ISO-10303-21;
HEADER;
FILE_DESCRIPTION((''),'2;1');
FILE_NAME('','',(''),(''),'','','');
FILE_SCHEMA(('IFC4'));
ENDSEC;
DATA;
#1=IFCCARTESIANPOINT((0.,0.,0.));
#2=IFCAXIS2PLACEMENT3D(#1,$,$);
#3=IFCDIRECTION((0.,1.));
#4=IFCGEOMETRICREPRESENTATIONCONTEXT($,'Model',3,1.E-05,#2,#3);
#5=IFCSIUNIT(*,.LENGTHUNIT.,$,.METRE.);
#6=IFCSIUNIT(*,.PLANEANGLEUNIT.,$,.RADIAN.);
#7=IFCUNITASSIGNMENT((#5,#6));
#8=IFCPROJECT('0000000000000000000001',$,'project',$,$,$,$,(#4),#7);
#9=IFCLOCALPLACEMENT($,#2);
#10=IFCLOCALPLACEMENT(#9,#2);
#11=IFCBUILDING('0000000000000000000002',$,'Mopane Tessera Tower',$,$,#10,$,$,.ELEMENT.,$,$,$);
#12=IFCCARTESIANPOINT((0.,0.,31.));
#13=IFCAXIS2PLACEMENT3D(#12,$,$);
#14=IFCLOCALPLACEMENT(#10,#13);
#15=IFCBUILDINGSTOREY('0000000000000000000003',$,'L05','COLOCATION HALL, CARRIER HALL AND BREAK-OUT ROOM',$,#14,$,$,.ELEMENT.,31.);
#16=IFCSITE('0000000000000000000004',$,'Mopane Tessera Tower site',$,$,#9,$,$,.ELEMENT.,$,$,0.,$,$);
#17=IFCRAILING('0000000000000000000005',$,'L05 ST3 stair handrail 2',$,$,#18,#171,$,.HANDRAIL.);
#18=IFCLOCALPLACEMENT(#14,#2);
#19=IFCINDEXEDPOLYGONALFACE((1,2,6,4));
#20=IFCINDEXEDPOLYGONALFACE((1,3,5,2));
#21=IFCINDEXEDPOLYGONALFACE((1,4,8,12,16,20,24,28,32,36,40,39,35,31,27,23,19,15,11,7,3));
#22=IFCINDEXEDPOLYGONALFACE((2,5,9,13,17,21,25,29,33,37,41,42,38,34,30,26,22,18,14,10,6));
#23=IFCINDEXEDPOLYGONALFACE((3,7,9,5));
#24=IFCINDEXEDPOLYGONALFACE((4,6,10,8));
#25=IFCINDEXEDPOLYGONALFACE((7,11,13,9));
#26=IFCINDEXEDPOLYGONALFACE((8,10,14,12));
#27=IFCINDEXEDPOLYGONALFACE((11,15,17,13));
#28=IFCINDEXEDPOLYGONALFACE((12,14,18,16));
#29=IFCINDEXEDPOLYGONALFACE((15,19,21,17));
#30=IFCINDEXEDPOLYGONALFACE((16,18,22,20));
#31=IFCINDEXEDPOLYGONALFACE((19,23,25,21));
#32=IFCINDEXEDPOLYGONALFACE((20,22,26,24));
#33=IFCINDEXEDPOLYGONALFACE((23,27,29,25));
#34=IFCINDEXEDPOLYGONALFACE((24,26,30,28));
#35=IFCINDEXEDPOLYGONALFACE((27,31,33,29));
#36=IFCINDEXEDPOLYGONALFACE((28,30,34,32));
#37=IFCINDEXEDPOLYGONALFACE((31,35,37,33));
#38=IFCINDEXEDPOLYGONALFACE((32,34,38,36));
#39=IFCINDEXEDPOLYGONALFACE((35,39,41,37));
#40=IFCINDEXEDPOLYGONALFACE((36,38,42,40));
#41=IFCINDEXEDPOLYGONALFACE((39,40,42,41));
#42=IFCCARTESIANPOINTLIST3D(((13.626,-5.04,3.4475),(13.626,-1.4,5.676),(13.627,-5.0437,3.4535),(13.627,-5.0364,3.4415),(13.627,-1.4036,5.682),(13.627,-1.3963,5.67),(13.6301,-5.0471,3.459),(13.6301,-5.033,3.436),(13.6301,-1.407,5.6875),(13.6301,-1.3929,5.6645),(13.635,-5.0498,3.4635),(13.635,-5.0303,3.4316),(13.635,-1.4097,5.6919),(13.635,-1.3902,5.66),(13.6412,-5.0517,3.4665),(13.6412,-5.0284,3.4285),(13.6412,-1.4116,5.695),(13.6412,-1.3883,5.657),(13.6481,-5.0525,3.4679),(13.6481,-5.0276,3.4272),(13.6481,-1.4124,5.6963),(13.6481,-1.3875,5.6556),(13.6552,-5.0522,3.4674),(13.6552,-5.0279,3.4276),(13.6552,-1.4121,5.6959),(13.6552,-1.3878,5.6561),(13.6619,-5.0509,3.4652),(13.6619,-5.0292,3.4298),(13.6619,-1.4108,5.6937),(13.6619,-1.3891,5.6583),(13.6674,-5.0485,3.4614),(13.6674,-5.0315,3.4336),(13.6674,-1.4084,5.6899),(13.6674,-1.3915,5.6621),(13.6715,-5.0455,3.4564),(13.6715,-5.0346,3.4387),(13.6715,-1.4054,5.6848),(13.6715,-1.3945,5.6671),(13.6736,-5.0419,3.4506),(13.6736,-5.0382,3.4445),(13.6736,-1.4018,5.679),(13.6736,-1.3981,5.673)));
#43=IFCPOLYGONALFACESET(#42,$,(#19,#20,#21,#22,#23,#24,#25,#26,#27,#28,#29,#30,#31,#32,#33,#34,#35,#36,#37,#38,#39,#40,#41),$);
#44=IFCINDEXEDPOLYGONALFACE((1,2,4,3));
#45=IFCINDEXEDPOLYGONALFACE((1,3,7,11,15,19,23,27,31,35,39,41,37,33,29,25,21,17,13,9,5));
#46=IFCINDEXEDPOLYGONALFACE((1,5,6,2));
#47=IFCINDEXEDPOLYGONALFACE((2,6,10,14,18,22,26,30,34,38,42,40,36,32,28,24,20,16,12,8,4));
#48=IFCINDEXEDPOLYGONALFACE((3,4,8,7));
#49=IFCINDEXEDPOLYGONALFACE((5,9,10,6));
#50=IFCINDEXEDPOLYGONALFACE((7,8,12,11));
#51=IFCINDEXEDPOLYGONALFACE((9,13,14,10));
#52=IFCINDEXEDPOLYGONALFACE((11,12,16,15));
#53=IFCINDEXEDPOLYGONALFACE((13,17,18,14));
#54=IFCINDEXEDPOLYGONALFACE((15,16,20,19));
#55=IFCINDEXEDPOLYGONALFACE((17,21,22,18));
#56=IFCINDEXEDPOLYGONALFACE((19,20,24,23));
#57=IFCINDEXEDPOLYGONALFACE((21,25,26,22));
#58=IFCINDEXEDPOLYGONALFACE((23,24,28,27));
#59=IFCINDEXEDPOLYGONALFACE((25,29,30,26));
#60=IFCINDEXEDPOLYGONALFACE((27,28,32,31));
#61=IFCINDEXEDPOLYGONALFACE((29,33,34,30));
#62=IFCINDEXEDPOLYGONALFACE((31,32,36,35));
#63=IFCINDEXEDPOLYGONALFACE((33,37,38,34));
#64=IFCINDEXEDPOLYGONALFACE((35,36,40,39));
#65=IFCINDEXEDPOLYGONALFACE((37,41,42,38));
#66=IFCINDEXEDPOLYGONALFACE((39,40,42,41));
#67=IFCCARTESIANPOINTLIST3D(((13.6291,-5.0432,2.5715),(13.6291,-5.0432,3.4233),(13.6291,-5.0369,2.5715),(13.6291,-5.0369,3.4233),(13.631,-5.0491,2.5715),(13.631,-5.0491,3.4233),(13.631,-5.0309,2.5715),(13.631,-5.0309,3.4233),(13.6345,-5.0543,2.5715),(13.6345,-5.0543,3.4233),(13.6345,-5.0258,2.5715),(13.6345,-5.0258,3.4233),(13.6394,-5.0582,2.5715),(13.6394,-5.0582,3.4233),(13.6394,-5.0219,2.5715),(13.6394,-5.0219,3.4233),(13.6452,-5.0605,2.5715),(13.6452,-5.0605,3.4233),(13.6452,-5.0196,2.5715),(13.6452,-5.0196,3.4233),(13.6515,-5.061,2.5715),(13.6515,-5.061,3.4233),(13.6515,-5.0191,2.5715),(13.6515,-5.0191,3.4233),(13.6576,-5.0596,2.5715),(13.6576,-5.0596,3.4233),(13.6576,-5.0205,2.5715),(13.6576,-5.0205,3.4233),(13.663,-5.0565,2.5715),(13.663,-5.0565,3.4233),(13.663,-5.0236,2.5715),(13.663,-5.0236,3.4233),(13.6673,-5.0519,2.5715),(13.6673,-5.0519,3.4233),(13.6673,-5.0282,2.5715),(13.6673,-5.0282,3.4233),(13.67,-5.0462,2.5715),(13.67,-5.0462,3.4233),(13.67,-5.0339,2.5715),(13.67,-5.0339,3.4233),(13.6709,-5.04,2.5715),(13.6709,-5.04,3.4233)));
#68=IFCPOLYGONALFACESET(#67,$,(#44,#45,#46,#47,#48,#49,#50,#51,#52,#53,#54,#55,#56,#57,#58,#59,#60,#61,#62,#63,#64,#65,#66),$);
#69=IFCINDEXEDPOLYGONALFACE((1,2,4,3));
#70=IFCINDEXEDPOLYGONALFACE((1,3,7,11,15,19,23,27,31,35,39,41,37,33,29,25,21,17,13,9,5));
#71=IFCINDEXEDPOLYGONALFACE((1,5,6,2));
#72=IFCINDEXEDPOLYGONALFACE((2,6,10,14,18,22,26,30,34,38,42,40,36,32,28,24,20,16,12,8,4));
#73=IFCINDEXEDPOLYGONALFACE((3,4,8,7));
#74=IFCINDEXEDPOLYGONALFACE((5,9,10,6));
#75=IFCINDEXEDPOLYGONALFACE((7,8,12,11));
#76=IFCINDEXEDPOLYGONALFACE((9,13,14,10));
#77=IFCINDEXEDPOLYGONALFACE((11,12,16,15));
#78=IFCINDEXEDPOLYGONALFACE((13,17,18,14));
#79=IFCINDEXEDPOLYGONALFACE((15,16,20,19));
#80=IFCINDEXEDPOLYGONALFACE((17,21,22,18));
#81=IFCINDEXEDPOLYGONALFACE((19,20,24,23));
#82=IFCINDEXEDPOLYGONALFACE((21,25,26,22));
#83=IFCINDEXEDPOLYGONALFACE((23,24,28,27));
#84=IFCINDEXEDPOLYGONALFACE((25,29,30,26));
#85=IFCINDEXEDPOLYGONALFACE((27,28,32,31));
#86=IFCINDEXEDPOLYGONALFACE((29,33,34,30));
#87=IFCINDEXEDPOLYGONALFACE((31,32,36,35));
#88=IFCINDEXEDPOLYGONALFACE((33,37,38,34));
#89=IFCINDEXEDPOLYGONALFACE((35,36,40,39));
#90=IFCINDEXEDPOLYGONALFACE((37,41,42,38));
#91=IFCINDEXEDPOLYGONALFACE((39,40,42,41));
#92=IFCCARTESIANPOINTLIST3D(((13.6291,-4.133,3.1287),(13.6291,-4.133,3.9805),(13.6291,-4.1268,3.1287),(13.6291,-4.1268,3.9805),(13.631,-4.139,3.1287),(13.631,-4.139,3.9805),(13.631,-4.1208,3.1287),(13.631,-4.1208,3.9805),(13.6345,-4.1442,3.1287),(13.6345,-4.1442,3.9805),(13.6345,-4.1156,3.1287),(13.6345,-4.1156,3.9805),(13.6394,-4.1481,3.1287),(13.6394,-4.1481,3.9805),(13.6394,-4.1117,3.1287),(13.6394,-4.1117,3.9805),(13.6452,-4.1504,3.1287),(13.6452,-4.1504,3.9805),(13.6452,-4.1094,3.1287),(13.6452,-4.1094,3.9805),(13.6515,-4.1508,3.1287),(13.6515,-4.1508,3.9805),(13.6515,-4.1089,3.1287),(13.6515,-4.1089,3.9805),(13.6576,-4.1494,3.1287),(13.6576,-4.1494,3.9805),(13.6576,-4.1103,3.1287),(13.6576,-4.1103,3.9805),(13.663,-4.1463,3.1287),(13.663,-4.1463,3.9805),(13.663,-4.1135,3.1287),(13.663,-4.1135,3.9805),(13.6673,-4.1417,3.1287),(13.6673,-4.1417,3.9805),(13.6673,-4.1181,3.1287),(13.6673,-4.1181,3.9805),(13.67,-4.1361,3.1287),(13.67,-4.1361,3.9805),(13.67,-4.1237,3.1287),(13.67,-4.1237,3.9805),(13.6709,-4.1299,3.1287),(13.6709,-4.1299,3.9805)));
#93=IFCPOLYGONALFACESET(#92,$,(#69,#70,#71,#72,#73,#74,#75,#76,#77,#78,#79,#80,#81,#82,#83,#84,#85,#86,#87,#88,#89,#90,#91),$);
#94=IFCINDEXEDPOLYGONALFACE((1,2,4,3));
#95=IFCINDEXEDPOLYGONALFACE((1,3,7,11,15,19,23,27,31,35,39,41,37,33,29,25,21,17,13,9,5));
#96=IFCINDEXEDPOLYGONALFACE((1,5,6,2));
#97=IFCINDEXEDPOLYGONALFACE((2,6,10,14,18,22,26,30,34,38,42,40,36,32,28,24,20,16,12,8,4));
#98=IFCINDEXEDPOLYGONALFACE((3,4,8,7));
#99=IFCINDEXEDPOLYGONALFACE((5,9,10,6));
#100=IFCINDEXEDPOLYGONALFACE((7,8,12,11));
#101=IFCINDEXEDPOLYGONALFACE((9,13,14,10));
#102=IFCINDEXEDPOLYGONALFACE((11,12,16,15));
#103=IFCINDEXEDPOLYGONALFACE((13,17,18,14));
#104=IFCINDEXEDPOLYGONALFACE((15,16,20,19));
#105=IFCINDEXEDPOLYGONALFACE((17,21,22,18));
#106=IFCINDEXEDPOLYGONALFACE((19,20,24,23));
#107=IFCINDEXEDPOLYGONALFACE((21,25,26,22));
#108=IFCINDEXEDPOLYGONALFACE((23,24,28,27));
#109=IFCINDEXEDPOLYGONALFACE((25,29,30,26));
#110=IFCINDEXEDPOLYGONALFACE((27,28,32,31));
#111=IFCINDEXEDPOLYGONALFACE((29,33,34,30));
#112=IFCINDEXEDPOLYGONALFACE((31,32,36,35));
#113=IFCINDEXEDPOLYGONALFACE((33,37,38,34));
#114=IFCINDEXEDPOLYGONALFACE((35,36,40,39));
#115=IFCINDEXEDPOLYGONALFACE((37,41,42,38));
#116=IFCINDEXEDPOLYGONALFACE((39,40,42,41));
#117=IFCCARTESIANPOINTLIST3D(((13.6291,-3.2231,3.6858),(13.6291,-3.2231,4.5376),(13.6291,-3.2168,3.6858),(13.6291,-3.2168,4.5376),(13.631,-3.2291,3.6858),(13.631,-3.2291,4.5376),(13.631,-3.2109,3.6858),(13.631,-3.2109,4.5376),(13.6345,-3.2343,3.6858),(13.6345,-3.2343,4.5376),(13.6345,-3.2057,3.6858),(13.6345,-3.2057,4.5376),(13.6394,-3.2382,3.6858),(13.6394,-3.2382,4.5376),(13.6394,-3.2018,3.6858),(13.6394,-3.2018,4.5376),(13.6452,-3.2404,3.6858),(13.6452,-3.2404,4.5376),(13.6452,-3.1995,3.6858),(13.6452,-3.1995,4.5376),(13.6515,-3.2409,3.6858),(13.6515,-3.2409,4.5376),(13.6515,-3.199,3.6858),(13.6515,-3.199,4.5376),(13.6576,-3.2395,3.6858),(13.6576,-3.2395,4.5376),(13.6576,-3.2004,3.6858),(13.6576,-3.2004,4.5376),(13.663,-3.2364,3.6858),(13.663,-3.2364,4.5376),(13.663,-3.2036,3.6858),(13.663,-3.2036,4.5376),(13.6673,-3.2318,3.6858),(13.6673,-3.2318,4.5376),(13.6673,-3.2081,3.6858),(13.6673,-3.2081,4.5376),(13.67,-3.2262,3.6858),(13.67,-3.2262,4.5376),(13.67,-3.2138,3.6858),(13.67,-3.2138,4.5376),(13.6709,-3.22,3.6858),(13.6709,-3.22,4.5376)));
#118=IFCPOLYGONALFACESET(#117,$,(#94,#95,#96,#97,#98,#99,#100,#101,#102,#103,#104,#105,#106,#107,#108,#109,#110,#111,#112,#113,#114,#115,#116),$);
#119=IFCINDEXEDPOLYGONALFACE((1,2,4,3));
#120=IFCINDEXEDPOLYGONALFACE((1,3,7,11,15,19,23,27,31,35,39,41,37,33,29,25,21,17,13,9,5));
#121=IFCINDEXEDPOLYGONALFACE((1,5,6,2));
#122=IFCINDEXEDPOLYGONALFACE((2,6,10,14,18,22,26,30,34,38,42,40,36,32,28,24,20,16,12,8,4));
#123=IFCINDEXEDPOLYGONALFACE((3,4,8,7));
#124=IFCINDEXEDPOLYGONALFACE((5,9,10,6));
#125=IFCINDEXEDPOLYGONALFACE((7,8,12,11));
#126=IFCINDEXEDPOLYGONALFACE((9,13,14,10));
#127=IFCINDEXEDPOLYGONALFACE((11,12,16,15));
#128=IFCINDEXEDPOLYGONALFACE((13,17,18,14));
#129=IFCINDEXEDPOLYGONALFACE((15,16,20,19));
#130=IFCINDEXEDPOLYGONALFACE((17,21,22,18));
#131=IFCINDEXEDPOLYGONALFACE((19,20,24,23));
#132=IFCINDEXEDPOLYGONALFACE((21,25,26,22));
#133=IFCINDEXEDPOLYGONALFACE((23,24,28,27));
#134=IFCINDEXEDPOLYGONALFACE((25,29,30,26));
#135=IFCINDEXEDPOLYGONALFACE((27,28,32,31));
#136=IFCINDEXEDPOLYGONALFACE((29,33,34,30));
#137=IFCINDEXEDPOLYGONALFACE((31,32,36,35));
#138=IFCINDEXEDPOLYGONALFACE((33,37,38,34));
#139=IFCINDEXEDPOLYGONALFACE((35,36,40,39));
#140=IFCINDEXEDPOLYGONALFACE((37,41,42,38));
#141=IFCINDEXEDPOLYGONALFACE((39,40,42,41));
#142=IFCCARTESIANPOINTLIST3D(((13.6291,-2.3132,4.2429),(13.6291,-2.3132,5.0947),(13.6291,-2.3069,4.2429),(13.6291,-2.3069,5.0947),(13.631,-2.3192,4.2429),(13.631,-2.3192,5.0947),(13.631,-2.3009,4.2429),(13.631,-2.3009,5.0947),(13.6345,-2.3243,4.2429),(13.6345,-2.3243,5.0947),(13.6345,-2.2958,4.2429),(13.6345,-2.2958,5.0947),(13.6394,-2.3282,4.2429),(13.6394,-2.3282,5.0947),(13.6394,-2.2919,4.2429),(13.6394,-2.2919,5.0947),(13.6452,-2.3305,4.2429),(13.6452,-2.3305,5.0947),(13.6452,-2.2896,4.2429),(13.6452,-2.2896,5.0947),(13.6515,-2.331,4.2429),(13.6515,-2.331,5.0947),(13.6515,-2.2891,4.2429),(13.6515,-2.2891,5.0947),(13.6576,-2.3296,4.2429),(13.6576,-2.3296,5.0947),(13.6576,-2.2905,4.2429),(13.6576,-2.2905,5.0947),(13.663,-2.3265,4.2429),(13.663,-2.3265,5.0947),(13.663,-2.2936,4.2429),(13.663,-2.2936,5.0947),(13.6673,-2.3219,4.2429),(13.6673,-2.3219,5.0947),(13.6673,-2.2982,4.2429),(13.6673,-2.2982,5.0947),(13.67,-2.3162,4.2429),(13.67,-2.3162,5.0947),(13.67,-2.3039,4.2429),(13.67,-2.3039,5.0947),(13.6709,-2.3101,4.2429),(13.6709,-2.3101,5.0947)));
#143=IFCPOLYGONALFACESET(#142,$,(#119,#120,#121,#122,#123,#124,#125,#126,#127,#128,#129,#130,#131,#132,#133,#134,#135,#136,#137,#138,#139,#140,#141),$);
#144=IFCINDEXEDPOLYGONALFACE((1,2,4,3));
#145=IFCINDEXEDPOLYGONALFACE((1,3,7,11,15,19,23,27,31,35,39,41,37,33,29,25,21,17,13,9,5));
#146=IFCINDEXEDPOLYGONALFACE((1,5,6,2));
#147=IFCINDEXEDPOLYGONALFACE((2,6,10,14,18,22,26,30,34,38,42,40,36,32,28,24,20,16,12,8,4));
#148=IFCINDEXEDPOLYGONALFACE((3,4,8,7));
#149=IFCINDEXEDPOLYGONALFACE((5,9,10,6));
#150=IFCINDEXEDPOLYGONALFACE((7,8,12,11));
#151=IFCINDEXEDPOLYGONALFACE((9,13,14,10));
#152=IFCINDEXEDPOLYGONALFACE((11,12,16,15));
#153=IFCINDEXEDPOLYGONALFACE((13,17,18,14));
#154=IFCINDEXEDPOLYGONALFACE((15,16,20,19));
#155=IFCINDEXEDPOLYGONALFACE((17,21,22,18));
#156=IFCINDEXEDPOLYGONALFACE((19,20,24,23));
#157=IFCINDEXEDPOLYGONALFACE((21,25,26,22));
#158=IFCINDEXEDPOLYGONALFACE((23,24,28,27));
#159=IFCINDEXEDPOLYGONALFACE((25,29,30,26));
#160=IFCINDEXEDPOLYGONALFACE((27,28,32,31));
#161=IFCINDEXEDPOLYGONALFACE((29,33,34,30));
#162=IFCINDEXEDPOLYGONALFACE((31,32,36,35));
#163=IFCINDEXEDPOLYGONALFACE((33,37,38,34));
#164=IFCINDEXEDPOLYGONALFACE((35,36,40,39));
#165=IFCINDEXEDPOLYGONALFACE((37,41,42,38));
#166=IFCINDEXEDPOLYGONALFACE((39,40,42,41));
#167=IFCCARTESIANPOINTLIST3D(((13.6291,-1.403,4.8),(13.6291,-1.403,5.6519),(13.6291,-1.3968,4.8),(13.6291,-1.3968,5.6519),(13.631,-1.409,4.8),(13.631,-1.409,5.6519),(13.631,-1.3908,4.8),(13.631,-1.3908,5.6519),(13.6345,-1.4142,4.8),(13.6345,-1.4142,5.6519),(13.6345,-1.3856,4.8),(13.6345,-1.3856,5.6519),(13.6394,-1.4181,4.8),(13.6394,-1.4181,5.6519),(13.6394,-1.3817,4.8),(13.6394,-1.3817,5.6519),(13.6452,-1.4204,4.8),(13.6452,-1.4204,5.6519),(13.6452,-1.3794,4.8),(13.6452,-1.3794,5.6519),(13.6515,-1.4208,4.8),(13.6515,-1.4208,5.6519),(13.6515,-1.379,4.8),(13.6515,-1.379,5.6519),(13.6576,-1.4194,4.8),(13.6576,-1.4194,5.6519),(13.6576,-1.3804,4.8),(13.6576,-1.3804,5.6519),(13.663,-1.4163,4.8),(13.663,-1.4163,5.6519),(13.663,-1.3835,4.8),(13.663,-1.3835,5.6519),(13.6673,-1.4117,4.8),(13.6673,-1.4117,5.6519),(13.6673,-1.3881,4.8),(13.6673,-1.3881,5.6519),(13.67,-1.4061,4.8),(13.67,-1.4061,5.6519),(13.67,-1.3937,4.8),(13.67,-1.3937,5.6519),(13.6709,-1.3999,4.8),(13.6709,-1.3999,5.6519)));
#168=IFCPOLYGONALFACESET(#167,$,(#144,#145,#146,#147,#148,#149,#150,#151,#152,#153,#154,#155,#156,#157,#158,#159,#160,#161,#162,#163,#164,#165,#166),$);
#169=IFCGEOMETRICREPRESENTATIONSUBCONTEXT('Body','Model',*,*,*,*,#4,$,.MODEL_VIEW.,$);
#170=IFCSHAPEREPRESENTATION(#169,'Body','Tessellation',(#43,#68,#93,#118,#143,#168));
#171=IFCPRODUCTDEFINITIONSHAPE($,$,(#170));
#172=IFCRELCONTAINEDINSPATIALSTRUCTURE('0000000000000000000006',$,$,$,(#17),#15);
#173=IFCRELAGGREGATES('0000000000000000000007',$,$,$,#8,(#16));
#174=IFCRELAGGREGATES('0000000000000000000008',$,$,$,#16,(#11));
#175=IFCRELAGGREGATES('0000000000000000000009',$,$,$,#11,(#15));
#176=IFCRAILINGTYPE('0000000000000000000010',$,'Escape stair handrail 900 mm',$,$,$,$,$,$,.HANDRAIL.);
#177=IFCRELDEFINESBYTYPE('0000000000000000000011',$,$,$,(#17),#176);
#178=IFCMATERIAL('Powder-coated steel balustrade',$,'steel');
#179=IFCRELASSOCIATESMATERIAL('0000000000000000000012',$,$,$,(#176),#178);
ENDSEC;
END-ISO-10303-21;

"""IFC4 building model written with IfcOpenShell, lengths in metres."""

from ifc_helpers import new_model, si_unit, direction, frame, origin, origin_2d, place, context, subcontext, project, spatial, circle, extrude, material, type_object, element, save


model = new_model("IFC4")

# Units and contexts
model_context = context("Model", 3, precision=1e-05, world=origin(), true_north=direction((0.0, 1.0)))
body_context = subcontext(model_context, "Body", "Model", "MODEL_VIEW")
ifc_project = project(units=[si_unit("LENGTHUNIT", "METRE"), si_unit("PLANEANGLEUNIT", "RADIAN")], contexts=[model_context])

# Site, building, storey
site_placement = place(None, origin())
site = spatial("IfcSite", under=ifc_project, at=site_placement, Name="Mopane Tessera Tower site", CompositionType="ELEMENT", RefElevation=0.0)
building_placement = place(site_placement, origin())
building = spatial("IfcBuilding", under=site, at=building_placement, Name="Mopane Tessera Tower", CompositionType="ELEMENT")
storey_placement = place(building_placement, frame((0.0, 0.0, 31.0)))
storey = spatial("IfcBuildingStorey", under=building, at=storey_placement, Name="L05", Description="COLOCATION HALL, CARRIER HALL AND BREAK-OUT ROOM", CompositionType="ELEMENT", Elevation=31.0)

# Railing
ifc_material_1 = material(Name="Powder-coated steel balustrade", Category="steel")
railing_type_1 = type_object("IfcRailingType", Name="Escape stair handrail 900 mm", PredefinedType="HANDRAIL", material=ifc_material_1)
railing_1_placement = place(storey_placement, frame((13.6499, -5.04, 2.5715)))
element("IfcRailing", 1, at=railing_1_placement, inside=storey, type_object=railing_type_1, Name="L05 ST3 stair handrail 2", PredefinedType="HANDRAIL", context=body_context, shape_type="SweptSolid", body=[
    extrude(circle(Radius=0.0239, at=origin_2d()), frame((0.0, 0.0, 0.876), z_axis=(0.0, 0.852866, 0.52213), x_axis=(-1.0, 0.0, 0.0)), (0.0, 0.0, 1.0), 4.2681),
    extrude(circle(Radius=0.021, at=origin_2d()), origin(), (0.0, 0.0, 1.0), 0.8518),
    extrude(circle(Radius=0.021, at=origin_2d()), frame((0.0, 0.9102, 0.5571)), (0.0, 0.0, 1.0), 0.8518),
    extrude(circle(Radius=0.021, at=origin_2d()), frame((0.0, 1.8201, 1.1143)), (0.0, 0.0, 1.0), 0.8518),
    extrude(circle(Radius=0.021, at=origin_2d()), frame((0.0, 2.73, 1.6714)), (0.0, 0.0, 1.0), 0.8518),
    extrude(circle(Radius=0.021, at=origin_2d()), frame((0.0, 3.6401, 2.2285)), (0.0, 0.0, 1.0), 0.8518),
])

save(model, "model.ifc")
